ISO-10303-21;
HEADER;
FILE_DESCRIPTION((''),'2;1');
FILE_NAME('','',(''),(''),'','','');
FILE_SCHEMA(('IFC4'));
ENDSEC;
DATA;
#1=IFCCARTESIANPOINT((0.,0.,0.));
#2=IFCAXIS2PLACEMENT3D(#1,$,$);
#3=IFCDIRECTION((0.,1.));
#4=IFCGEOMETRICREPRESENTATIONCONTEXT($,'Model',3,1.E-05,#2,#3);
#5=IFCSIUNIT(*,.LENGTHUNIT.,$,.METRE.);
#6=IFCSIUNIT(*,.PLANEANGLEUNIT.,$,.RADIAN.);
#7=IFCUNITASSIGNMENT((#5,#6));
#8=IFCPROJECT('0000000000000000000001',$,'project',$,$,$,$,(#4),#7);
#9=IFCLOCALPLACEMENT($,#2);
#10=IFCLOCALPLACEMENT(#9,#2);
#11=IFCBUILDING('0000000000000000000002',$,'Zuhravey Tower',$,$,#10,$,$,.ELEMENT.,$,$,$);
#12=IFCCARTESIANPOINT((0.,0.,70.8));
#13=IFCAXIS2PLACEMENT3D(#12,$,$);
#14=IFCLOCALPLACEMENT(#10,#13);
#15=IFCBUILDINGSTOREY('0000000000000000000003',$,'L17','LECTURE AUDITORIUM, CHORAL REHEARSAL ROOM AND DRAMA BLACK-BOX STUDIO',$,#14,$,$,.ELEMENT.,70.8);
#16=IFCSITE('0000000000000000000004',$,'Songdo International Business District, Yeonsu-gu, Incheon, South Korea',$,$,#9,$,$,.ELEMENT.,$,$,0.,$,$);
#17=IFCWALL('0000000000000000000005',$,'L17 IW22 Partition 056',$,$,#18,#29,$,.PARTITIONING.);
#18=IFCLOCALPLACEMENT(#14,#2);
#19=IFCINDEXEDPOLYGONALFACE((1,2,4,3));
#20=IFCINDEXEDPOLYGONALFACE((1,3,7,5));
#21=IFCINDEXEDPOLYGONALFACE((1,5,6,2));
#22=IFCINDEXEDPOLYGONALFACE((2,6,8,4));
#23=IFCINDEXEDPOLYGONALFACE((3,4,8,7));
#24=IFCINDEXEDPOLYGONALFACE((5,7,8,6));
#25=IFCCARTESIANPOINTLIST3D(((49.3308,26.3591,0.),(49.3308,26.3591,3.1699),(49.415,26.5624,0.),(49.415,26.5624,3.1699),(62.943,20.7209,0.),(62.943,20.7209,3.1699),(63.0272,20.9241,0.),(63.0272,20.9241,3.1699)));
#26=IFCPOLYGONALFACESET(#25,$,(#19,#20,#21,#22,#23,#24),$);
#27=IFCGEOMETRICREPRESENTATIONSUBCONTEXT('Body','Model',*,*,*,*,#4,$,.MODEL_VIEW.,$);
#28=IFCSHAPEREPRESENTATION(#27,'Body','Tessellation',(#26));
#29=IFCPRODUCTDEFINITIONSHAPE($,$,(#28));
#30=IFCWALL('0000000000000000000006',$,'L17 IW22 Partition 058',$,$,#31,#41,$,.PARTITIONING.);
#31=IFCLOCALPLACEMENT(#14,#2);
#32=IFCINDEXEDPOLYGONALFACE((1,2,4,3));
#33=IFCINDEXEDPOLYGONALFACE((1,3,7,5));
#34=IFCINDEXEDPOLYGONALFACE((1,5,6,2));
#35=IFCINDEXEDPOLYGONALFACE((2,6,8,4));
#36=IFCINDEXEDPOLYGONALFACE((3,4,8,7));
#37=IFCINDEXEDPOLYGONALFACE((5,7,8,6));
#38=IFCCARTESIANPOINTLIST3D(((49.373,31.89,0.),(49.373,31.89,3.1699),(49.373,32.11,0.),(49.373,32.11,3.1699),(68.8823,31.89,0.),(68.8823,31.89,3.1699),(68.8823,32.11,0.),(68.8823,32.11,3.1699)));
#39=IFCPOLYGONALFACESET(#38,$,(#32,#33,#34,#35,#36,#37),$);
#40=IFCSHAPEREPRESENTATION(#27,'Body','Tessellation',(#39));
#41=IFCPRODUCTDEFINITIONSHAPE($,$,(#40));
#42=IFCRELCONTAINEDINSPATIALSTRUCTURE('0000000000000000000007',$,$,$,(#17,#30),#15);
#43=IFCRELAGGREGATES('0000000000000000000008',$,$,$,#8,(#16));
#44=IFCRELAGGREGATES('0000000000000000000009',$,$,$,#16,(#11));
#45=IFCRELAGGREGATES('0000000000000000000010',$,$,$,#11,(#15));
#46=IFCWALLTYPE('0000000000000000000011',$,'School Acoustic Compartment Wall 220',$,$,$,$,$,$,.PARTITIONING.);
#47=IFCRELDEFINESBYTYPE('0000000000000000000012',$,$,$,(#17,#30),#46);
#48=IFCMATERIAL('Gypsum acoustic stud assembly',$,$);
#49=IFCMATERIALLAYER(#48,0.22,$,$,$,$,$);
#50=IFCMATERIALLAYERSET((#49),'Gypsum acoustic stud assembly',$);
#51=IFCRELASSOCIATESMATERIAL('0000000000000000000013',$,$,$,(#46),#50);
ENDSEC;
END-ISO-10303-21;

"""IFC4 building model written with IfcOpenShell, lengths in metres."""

from ifc_helpers import new_model, si_unit, direction, frame, frame_2d, origin, place, context, subcontext, project, spatial, rectangle, extrude, material, layer, layer_set, type_object, element, save


model = new_model("IFC4")

# Units and contexts
model_context = context("Model", 3, precision=1e-05, world=origin(), true_north=direction((0.0, 1.0)))
body_context = subcontext(model_context, "Body", "Model", "MODEL_VIEW")
ifc_project = project(units=[si_unit("LENGTHUNIT", "METRE"), si_unit("PLANEANGLEUNIT", "RADIAN")], contexts=[model_context])

# Site, building, storey
site_placement = place(None, origin())
site = spatial("IfcSite", under=ifc_project, at=site_placement, Name="Songdo International Business District, Yeonsu-gu, Incheon, South Korea", CompositionType="ELEMENT", RefElevation=0.0)
building_placement = place(site_placement, origin())
building = spatial("IfcBuilding", under=site, at=building_placement, Name="Zuhravey Tower", CompositionType="ELEMENT")
storey_placement = place(building_placement, frame((0.0, 0.0, 70.8)))
storey = spatial("IfcBuildingStorey", under=building, at=storey_placement, Name="L17", Description="LECTURE AUDITORIUM, CHORAL REHEARSAL ROOM AND DRAMA BLACK-BOX STUDIO", CompositionType="ELEMENT", Elevation=70.8)

# Walls
ifc_material_1 = material(Name="Gypsum acoustic stud assembly")
ifc_layer_1 = layer(ifc_material_1, 0.22)
ifc_layer_set_1 = layer_set([ifc_layer_1], Name="Gypsum acoustic stud assembly")
wall_type_1 = type_object("IfcWallType", Name="School Acoustic Compartment Wall 220", PredefinedType="PARTITIONING", material=ifc_layer_set_1)
wall_1_placement = place(storey_placement, frame((49.373, 26.4607, 0.0), z_axis=(0.0, 0.0, 1.0), x_axis=(0.923882, -0.382677, 0.0)))
element("IfcWall", 1, at=wall_1_placement, inside=storey, type_object=wall_type_1, Name="L17 IW22 Partition 056", PredefinedType="PARTITIONING", context=body_context, shape_type="SweptSolid", body=[
    extrude(rectangle(XDim=14.7336, YDim=0.22, at=frame_2d((7.3667, 0.0))), origin(), (0.0, 0.0, 1.0), 3.1699),
])
wall_2_placement = place(storey_placement, frame((49.373, 32.0, 0.0), z_axis=(0.0, 0.0, 1.0), x_axis=(1.0, 0.0, 0.0)))
element("IfcWall", 2, at=wall_2_placement, inside=storey, type_object=wall_type_1, Name="L17 IW22 Partition 058", PredefinedType="PARTITIONING", context=body_context, shape_type="SweptSolid", body=[
    extrude(rectangle(XDim=19.5093, YDim=0.22, at=frame_2d((9.7546, 0.0))), origin(), (0.0, 0.0, 1.0), 3.1699),
])

save(model, "model.ifc")
